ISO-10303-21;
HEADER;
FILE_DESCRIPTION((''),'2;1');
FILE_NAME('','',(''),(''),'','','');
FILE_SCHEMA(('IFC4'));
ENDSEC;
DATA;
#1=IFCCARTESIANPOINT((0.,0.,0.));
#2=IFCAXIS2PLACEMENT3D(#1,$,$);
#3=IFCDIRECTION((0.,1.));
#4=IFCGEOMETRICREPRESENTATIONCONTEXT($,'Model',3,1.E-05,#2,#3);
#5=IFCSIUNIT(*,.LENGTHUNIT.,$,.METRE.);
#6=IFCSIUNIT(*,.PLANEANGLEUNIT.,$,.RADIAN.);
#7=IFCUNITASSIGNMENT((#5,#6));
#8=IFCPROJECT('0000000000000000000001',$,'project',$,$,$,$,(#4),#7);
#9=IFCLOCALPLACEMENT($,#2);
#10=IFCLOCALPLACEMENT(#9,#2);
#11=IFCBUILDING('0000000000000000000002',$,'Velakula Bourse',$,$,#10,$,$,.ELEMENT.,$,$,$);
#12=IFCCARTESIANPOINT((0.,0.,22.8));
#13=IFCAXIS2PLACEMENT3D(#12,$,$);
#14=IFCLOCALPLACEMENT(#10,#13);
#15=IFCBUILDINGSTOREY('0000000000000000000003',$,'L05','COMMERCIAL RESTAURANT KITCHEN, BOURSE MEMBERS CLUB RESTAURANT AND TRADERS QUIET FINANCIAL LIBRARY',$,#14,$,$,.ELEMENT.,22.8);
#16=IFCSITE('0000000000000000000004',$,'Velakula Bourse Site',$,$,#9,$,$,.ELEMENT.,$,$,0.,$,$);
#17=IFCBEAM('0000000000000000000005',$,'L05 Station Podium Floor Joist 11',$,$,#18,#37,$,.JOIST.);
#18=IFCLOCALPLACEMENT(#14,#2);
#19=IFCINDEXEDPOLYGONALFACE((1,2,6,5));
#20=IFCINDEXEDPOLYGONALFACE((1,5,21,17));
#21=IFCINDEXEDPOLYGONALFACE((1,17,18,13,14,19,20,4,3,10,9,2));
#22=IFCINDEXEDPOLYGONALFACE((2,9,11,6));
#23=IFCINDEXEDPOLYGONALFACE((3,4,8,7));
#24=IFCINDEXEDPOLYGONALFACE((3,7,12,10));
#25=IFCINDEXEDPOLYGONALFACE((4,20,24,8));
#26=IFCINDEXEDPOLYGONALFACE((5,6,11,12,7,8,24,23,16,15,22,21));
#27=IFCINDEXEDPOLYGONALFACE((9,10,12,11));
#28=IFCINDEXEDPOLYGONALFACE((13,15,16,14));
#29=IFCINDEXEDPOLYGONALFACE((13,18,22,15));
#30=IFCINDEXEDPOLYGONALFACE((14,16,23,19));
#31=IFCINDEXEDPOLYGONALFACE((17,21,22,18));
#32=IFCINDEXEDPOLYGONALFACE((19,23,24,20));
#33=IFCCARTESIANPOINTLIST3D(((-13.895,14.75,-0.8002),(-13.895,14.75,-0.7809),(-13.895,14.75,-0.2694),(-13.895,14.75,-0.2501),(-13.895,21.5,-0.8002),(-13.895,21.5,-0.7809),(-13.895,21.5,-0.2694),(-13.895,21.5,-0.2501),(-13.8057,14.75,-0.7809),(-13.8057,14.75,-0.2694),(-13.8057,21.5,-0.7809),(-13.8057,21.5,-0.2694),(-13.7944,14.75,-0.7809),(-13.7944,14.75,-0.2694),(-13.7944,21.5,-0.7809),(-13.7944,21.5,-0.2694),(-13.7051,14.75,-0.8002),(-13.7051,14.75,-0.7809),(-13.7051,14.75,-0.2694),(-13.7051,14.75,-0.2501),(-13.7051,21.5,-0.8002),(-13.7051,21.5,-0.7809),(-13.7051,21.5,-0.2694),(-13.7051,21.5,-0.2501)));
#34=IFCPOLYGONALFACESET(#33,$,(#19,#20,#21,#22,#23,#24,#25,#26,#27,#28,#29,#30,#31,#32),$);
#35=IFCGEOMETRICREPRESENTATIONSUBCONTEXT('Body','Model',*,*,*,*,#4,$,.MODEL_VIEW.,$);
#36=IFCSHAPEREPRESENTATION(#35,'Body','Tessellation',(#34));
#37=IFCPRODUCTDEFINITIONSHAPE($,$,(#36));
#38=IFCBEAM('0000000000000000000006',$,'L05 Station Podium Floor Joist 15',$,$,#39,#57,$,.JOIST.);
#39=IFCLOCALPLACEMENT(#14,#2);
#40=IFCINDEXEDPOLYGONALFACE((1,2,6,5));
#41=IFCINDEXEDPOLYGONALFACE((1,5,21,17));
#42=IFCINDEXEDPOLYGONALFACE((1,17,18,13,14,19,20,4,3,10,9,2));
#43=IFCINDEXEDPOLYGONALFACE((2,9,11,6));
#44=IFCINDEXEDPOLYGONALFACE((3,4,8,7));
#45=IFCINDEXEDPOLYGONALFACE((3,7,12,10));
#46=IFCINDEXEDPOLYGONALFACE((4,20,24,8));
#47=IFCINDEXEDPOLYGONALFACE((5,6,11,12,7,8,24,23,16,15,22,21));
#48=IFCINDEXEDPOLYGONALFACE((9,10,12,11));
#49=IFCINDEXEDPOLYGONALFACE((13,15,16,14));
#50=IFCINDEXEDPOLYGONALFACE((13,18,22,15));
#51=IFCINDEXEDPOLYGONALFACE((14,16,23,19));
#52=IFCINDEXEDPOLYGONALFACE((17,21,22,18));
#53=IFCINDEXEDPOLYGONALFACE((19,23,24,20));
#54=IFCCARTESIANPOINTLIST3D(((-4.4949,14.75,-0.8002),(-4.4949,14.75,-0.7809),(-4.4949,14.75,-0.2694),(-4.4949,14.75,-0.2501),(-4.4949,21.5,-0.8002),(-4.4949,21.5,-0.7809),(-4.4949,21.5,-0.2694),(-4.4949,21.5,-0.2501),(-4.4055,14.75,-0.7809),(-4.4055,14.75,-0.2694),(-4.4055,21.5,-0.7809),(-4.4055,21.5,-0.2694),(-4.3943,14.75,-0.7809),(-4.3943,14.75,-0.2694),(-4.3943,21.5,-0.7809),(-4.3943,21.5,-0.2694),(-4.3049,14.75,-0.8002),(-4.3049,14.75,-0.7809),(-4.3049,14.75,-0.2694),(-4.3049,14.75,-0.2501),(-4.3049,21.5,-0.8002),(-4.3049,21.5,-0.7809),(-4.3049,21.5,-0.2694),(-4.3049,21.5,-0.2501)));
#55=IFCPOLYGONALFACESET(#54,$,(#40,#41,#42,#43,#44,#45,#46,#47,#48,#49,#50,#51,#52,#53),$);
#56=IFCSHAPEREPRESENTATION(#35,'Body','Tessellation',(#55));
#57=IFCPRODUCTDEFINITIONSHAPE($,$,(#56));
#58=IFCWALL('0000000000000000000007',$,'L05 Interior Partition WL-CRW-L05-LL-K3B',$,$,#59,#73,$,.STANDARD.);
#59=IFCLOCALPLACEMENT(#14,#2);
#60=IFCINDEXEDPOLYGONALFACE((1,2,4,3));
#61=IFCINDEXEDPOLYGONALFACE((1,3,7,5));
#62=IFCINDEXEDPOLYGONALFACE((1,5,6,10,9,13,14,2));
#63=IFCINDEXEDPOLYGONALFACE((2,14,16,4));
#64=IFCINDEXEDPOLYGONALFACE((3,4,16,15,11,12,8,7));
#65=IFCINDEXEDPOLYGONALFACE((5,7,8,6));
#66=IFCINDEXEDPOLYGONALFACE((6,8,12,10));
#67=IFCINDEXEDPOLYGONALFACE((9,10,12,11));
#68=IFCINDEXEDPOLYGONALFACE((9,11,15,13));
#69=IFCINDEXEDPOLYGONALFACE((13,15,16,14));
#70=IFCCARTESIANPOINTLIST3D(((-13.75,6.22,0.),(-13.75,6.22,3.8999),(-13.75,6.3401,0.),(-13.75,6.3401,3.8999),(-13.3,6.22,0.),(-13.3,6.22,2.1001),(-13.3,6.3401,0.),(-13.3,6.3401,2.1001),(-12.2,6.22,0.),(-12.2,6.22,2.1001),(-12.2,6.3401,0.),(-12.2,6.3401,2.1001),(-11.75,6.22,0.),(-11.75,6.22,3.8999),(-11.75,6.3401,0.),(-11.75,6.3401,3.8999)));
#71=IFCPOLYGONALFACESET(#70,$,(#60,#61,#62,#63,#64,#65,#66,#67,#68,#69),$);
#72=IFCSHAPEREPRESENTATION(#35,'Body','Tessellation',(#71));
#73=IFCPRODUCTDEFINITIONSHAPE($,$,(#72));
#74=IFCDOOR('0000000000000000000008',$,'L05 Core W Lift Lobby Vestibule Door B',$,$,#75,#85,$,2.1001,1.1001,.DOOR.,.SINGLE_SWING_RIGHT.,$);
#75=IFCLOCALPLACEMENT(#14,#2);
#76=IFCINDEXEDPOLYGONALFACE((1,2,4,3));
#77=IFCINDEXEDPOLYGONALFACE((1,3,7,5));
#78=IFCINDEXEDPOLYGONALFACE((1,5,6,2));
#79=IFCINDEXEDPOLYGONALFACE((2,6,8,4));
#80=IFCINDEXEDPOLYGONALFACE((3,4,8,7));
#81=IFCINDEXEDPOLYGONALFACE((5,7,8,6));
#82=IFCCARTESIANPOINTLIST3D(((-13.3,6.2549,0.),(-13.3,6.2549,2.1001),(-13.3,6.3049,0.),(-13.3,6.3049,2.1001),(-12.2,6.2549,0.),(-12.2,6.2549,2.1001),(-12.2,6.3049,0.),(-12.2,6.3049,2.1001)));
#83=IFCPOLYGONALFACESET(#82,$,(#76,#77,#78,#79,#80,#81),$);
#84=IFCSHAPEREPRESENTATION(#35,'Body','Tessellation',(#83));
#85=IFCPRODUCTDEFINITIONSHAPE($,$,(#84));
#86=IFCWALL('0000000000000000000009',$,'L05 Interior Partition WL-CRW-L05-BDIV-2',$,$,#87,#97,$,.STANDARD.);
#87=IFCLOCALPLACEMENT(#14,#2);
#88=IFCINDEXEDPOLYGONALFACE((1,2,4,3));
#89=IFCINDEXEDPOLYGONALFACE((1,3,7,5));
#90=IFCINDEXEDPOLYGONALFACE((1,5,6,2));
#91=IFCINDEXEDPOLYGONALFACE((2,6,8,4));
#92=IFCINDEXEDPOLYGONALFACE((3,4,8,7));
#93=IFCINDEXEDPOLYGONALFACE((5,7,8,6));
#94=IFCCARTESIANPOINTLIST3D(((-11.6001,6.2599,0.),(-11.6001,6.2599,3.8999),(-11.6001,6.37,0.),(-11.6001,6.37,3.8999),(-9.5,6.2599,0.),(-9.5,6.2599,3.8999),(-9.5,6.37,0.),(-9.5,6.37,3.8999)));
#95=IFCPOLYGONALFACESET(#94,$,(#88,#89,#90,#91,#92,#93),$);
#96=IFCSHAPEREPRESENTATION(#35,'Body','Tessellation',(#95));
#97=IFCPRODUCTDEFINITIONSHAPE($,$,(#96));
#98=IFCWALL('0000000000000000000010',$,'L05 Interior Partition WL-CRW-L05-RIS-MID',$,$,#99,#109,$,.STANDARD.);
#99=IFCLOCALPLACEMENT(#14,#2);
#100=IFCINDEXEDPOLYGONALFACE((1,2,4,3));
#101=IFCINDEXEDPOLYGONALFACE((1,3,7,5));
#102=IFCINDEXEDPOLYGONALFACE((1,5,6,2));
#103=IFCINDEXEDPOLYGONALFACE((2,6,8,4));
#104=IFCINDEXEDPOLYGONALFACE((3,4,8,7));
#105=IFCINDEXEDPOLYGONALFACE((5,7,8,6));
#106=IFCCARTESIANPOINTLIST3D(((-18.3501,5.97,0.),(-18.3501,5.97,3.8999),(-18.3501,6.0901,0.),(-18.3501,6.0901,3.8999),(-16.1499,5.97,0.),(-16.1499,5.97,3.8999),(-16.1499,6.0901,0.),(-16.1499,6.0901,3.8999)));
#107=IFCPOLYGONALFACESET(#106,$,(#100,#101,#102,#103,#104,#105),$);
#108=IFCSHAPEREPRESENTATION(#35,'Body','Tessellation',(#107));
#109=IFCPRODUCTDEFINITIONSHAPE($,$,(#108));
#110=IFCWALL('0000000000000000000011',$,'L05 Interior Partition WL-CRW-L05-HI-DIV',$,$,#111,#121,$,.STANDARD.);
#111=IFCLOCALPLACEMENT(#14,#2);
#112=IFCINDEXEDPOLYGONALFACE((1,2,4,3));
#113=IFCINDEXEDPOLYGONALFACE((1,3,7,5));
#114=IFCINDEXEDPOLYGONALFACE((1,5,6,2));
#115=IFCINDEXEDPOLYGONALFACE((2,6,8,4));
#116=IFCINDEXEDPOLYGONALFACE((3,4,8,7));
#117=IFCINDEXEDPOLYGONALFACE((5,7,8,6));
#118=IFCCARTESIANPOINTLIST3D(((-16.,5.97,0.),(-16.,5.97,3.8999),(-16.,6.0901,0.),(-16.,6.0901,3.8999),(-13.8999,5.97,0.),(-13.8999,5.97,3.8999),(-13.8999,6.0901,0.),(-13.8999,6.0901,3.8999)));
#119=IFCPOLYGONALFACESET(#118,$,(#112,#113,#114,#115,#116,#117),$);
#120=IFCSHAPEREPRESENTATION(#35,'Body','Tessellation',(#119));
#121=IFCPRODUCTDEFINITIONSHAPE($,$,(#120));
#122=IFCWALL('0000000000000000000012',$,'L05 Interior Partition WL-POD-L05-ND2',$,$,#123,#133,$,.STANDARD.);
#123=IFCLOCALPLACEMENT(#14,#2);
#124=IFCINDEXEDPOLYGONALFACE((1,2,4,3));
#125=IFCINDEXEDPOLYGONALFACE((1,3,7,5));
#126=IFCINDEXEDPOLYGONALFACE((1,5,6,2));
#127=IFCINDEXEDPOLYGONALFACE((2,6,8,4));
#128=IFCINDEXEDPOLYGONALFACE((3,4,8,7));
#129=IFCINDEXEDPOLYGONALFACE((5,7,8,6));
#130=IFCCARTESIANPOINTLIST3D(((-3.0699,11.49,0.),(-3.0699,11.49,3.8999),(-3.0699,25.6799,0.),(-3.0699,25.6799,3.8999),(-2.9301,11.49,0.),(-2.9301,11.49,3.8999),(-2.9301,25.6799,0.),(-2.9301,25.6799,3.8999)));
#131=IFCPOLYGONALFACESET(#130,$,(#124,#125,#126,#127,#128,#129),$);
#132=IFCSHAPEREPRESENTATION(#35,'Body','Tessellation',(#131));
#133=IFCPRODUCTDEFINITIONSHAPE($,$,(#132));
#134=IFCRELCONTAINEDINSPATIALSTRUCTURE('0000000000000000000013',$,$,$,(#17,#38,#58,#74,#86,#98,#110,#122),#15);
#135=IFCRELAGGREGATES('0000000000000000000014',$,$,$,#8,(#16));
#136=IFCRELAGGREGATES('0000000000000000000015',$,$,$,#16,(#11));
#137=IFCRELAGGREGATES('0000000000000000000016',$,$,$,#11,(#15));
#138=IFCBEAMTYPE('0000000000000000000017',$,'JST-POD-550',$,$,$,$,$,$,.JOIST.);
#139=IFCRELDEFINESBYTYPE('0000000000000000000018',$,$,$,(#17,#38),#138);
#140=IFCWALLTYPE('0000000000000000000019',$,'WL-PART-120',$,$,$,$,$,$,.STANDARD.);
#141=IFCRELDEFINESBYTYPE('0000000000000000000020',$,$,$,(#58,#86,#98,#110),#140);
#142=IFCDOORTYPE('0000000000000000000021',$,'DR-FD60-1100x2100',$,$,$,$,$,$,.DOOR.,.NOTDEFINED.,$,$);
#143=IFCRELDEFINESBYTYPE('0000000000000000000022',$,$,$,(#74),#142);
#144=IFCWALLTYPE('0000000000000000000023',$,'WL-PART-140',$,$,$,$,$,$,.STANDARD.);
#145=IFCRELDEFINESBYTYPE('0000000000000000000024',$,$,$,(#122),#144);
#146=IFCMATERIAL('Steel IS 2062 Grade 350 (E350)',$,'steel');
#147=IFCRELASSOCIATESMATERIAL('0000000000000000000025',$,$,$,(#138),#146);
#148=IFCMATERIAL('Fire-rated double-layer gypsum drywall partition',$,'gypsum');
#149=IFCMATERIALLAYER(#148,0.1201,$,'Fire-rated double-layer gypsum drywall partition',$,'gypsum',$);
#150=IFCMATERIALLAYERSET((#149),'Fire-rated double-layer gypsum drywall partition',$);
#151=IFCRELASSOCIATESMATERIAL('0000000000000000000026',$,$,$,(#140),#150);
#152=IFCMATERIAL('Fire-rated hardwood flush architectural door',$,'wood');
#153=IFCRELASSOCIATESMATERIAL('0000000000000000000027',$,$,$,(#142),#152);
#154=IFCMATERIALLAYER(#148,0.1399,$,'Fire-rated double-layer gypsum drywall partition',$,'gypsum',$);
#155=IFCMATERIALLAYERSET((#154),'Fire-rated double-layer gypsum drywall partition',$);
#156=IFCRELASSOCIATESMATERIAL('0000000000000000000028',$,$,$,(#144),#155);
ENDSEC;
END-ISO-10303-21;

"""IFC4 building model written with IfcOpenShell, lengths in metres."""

from ifc_helpers import new_model, si_unit, direction, frame, frame_2d, origin, origin_2d, place, context, subcontext, project, spatial, rectangle, i_section, extrude, material, layer, layer_set, material_profile, profile_set, type_object, element, fill, save


model = new_model("IFC4")

# Units and contexts
model_context = context("Model", 3, precision=1e-05, world=origin(), true_north=direction((0.0, 1.0)))
body_context = subcontext(model_context, "Body", "Model", "MODEL_VIEW")
ifc_project = project(units=[si_unit("LENGTHUNIT", "METRE"), si_unit("PLANEANGLEUNIT", "RADIAN")], contexts=[model_context])

# Site, building, storey
site_placement = place(None, origin())
site = spatial("IfcSite", under=ifc_project, at=site_placement, Name="Velakula Bourse Site", CompositionType="ELEMENT", RefElevation=0.0)
building_placement = place(site_placement, origin())
building = spatial("IfcBuilding", under=site, at=building_placement, Name="Velakula Bourse", CompositionType="ELEMENT")
storey_placement = place(building_placement, frame((0.0, 0.0, 22.8)))
storey = spatial("IfcBuildingStorey", under=building, at=storey_placement, Name="L05", Description="COMMERCIAL RESTAURANT KITCHEN, BOURSE MEMBERS CLUB RESTAURANT AND TRADERS QUIET FINANCIAL LIBRARY", CompositionType="ELEMENT", Elevation=22.8)

# Beams
ifc_material_1 = material(Name="Steel IS 2062 Grade 350 (E350)", Category="steel")
ifc_material_profile_1 = material_profile(ifc_material_1, i_section(OverallWidth=0.1899, OverallDepth=0.55, WebThickness=0.0112, FlangeThickness=0.0193, at=origin_2d()), Name="Steel IS 2062 Grade 350 (E350)")
ifc_profile_set_1 = profile_set([ifc_material_profile_1], Name="Steel IS 2062 Grade 350 (E350)")
beam_type_1 = type_object("IfcBeamType", Name="JST-POD-550", PredefinedType="JOIST", material=ifc_profile_set_1)
for number, where, z_axis, x_axis, name in (
    (1, (-13.8, 14.75, -0.5251), (0.0, 1.0, 0.0), (-1.0, 0.0, 0.0), "L05 Station Podium Floor Joist 11"),
    (2, (-4.3999, 14.75, -0.5251), (0.0, 1.0, 0.0), (-1.0, 0.0, 0.0), "L05 Station Podium Floor Joist 15"),
):
    element("IfcBeam", number, at=place(storey_placement, frame(where, z_axis=z_axis, x_axis=x_axis)), inside=storey, type_object=beam_type_1, Name=name, PredefinedType="JOIST", context=body_context, shape_type="SweptSolid", body=[
        extrude(i_section(OverallWidth=0.1899, OverallDepth=0.55, WebThickness=0.0112, FlangeThickness=0.0193, at=origin_2d()), origin(), (0.0, 0.0, 1.0), 6.75),
    ])

# Wall, opening, door
ifc_material_2 = material(Name="Fire-rated double-layer gypsum drywall partition", Category="gypsum")
ifc_layer_1 = layer(ifc_material_2, 0.1201, Name="Fire-rated double-layer gypsum drywall partition", Category="gypsum")
ifc_layer_set_1 = layer_set([ifc_layer_1], Name="Fire-rated double-layer gypsum drywall partition")
wall_type_1 = type_object("IfcWallType", Name="WL-PART-120", PredefinedType="STANDARD", material=ifc_layer_set_1)
wall_1_placement = place(storey_placement, frame((-13.75, 6.28, 0.0), z_axis=(0.0, 0.0, 1.0), x_axis=(1.0, 0.0, 0.0)))
wall_1 = element("IfcWall", 3, at=wall_1_placement, inside=storey, type_object=wall_type_1, Name="L05 Interior Partition WL-CRW-L05-LL-K3B", PredefinedType="STANDARD", context=body_context, shape_type="SweptSolid", body=[
    extrude(rectangle(XDim=2.0, YDim=0.1201, at=frame_2d((1.0, 0.0))), origin(), (0.0, 0.0, 1.0), 3.8999),
])
opening_placement = place(wall_1_placement, frame((0.45, 0.0, 0.0)))
opening = element("IfcOpeningElement", 4, at=opening_placement, cuts=wall_1, PredefinedType="OPENING", context=body_context, shape_type="SweptSolid", body=[
    extrude(rectangle(XDim=1.1001, YDim=2.1001, at=frame_2d((0.55, 1.05))), frame((0.0, 0.0701, 0.0), z_axis=(0.0, -1.0, 0.0), x_axis=(1.0, 0.0, 0.0)), (0.0, 0.0, 1.0), 0.1401),
])
ifc_material_3 = material(Name="Fire-rated hardwood flush architectural door", Category="wood")
door_type = type_object("IfcDoorType", Name="DR-FD60-1100x2100", OperationType="NOTDEFINED", PredefinedType="DOOR", material=ifc_material_3)
door_placement = place(opening_placement, origin())
door = element("IfcDoor", 5, at=door_placement, inside=storey, type_object=door_type, Name="L05 Core W Lift Lobby Vestibule Door B", OperationType="SINGLE_SWING_RIGHT", OverallHeight=2.1001, OverallWidth=1.1001, PredefinedType="DOOR", context=body_context, shape_type="SweptSolid", body=[
    extrude(rectangle(XDim=1.1001, YDim=2.1001, at=frame_2d((0.55, 1.05))), frame((0.0, 0.0249, 0.0), z_axis=(0.0, -1.0, 0.0), x_axis=(1.0, 0.0, 0.0)), (0.0, 0.0, 1.0), 0.05),
])
fill(opening, door)

# Walls
wall_2_placement = place(storey_placement, frame((-11.6001, 6.3149, 0.0), z_axis=(0.0, 0.0, 1.0), x_axis=(1.0, 0.0, 0.0)))
element("IfcWall", 6, at=wall_2_placement, inside=storey, type_object=wall_type_1, Name="L05 Interior Partition WL-CRW-L05-BDIV-2", PredefinedType="STANDARD", context=body_context, shape_type="SweptSolid", body=[
    extrude(rectangle(XDim=2.1001, YDim=0.1101, at=frame_2d((1.05, 0.0))), origin(), (0.0, 0.0, 1.0), 3.8999),
])
wall_3_placement = place(storey_placement, frame((-18.3501, 6.03, 0.0), z_axis=(0.0, 0.0, 1.0), x_axis=(1.0, 0.0, 0.0)))
element("IfcWall", 7, at=wall_3_placement, inside=storey, type_object=wall_type_1, Name="L05 Interior Partition WL-CRW-L05-RIS-MID", PredefinedType="STANDARD", context=body_context, shape_type="SweptSolid", body=[
    extrude(rectangle(XDim=2.2002, YDim=0.1201, at=frame_2d((1.1001, 0.0))), origin(), (0.0, 0.0, 1.0), 3.8999),
])
wall_4_placement = place(storey_placement, frame((-16.0, 6.03, 0.0), z_axis=(0.0, 0.0, 1.0), x_axis=(1.0, 0.0, 0.0)))
element("IfcWall", 8, at=wall_4_placement, inside=storey, type_object=wall_type_1, Name="L05 Interior Partition WL-CRW-L05-HI-DIV", PredefinedType="STANDARD", context=body_context, shape_type="SweptSolid", body=[
    extrude(rectangle(XDim=2.1001, YDim=0.1201, at=frame_2d((1.05, 0.0))), origin(), (0.0, 0.0, 1.0), 3.8999),
])
ifc_layer_2 = layer(ifc_material_2, 0.1399, Name="Fire-rated double-layer gypsum drywall partition", Category="gypsum")
ifc_layer_set_2 = layer_set([ifc_layer_2], Name="Fire-rated double-layer gypsum drywall partition")
wall_type_2 = type_object("IfcWallType", Name="WL-PART-140", PredefinedType="STANDARD", material=ifc_layer_set_2)
wall_5_placement = place(storey_placement, frame((-3.0, 11.49, 0.0), z_axis=(0.0, 0.0, 1.0), x_axis=(0.0, 1.0, 0.0)))
element("IfcWall", 9, at=wall_5_placement, inside=storey, type_object=wall_type_2, Name="L05 Interior Partition WL-POD-L05-ND2", PredefinedType="STANDARD", context=body_context, shape_type="SweptSolid", body=[
    extrude(rectangle(XDim=14.1899, YDim=0.1399, at=frame_2d((7.095, 0.0))), origin(), (0.0, 0.0, 1.0), 3.8999),
])

save(model, "model.ifc")
